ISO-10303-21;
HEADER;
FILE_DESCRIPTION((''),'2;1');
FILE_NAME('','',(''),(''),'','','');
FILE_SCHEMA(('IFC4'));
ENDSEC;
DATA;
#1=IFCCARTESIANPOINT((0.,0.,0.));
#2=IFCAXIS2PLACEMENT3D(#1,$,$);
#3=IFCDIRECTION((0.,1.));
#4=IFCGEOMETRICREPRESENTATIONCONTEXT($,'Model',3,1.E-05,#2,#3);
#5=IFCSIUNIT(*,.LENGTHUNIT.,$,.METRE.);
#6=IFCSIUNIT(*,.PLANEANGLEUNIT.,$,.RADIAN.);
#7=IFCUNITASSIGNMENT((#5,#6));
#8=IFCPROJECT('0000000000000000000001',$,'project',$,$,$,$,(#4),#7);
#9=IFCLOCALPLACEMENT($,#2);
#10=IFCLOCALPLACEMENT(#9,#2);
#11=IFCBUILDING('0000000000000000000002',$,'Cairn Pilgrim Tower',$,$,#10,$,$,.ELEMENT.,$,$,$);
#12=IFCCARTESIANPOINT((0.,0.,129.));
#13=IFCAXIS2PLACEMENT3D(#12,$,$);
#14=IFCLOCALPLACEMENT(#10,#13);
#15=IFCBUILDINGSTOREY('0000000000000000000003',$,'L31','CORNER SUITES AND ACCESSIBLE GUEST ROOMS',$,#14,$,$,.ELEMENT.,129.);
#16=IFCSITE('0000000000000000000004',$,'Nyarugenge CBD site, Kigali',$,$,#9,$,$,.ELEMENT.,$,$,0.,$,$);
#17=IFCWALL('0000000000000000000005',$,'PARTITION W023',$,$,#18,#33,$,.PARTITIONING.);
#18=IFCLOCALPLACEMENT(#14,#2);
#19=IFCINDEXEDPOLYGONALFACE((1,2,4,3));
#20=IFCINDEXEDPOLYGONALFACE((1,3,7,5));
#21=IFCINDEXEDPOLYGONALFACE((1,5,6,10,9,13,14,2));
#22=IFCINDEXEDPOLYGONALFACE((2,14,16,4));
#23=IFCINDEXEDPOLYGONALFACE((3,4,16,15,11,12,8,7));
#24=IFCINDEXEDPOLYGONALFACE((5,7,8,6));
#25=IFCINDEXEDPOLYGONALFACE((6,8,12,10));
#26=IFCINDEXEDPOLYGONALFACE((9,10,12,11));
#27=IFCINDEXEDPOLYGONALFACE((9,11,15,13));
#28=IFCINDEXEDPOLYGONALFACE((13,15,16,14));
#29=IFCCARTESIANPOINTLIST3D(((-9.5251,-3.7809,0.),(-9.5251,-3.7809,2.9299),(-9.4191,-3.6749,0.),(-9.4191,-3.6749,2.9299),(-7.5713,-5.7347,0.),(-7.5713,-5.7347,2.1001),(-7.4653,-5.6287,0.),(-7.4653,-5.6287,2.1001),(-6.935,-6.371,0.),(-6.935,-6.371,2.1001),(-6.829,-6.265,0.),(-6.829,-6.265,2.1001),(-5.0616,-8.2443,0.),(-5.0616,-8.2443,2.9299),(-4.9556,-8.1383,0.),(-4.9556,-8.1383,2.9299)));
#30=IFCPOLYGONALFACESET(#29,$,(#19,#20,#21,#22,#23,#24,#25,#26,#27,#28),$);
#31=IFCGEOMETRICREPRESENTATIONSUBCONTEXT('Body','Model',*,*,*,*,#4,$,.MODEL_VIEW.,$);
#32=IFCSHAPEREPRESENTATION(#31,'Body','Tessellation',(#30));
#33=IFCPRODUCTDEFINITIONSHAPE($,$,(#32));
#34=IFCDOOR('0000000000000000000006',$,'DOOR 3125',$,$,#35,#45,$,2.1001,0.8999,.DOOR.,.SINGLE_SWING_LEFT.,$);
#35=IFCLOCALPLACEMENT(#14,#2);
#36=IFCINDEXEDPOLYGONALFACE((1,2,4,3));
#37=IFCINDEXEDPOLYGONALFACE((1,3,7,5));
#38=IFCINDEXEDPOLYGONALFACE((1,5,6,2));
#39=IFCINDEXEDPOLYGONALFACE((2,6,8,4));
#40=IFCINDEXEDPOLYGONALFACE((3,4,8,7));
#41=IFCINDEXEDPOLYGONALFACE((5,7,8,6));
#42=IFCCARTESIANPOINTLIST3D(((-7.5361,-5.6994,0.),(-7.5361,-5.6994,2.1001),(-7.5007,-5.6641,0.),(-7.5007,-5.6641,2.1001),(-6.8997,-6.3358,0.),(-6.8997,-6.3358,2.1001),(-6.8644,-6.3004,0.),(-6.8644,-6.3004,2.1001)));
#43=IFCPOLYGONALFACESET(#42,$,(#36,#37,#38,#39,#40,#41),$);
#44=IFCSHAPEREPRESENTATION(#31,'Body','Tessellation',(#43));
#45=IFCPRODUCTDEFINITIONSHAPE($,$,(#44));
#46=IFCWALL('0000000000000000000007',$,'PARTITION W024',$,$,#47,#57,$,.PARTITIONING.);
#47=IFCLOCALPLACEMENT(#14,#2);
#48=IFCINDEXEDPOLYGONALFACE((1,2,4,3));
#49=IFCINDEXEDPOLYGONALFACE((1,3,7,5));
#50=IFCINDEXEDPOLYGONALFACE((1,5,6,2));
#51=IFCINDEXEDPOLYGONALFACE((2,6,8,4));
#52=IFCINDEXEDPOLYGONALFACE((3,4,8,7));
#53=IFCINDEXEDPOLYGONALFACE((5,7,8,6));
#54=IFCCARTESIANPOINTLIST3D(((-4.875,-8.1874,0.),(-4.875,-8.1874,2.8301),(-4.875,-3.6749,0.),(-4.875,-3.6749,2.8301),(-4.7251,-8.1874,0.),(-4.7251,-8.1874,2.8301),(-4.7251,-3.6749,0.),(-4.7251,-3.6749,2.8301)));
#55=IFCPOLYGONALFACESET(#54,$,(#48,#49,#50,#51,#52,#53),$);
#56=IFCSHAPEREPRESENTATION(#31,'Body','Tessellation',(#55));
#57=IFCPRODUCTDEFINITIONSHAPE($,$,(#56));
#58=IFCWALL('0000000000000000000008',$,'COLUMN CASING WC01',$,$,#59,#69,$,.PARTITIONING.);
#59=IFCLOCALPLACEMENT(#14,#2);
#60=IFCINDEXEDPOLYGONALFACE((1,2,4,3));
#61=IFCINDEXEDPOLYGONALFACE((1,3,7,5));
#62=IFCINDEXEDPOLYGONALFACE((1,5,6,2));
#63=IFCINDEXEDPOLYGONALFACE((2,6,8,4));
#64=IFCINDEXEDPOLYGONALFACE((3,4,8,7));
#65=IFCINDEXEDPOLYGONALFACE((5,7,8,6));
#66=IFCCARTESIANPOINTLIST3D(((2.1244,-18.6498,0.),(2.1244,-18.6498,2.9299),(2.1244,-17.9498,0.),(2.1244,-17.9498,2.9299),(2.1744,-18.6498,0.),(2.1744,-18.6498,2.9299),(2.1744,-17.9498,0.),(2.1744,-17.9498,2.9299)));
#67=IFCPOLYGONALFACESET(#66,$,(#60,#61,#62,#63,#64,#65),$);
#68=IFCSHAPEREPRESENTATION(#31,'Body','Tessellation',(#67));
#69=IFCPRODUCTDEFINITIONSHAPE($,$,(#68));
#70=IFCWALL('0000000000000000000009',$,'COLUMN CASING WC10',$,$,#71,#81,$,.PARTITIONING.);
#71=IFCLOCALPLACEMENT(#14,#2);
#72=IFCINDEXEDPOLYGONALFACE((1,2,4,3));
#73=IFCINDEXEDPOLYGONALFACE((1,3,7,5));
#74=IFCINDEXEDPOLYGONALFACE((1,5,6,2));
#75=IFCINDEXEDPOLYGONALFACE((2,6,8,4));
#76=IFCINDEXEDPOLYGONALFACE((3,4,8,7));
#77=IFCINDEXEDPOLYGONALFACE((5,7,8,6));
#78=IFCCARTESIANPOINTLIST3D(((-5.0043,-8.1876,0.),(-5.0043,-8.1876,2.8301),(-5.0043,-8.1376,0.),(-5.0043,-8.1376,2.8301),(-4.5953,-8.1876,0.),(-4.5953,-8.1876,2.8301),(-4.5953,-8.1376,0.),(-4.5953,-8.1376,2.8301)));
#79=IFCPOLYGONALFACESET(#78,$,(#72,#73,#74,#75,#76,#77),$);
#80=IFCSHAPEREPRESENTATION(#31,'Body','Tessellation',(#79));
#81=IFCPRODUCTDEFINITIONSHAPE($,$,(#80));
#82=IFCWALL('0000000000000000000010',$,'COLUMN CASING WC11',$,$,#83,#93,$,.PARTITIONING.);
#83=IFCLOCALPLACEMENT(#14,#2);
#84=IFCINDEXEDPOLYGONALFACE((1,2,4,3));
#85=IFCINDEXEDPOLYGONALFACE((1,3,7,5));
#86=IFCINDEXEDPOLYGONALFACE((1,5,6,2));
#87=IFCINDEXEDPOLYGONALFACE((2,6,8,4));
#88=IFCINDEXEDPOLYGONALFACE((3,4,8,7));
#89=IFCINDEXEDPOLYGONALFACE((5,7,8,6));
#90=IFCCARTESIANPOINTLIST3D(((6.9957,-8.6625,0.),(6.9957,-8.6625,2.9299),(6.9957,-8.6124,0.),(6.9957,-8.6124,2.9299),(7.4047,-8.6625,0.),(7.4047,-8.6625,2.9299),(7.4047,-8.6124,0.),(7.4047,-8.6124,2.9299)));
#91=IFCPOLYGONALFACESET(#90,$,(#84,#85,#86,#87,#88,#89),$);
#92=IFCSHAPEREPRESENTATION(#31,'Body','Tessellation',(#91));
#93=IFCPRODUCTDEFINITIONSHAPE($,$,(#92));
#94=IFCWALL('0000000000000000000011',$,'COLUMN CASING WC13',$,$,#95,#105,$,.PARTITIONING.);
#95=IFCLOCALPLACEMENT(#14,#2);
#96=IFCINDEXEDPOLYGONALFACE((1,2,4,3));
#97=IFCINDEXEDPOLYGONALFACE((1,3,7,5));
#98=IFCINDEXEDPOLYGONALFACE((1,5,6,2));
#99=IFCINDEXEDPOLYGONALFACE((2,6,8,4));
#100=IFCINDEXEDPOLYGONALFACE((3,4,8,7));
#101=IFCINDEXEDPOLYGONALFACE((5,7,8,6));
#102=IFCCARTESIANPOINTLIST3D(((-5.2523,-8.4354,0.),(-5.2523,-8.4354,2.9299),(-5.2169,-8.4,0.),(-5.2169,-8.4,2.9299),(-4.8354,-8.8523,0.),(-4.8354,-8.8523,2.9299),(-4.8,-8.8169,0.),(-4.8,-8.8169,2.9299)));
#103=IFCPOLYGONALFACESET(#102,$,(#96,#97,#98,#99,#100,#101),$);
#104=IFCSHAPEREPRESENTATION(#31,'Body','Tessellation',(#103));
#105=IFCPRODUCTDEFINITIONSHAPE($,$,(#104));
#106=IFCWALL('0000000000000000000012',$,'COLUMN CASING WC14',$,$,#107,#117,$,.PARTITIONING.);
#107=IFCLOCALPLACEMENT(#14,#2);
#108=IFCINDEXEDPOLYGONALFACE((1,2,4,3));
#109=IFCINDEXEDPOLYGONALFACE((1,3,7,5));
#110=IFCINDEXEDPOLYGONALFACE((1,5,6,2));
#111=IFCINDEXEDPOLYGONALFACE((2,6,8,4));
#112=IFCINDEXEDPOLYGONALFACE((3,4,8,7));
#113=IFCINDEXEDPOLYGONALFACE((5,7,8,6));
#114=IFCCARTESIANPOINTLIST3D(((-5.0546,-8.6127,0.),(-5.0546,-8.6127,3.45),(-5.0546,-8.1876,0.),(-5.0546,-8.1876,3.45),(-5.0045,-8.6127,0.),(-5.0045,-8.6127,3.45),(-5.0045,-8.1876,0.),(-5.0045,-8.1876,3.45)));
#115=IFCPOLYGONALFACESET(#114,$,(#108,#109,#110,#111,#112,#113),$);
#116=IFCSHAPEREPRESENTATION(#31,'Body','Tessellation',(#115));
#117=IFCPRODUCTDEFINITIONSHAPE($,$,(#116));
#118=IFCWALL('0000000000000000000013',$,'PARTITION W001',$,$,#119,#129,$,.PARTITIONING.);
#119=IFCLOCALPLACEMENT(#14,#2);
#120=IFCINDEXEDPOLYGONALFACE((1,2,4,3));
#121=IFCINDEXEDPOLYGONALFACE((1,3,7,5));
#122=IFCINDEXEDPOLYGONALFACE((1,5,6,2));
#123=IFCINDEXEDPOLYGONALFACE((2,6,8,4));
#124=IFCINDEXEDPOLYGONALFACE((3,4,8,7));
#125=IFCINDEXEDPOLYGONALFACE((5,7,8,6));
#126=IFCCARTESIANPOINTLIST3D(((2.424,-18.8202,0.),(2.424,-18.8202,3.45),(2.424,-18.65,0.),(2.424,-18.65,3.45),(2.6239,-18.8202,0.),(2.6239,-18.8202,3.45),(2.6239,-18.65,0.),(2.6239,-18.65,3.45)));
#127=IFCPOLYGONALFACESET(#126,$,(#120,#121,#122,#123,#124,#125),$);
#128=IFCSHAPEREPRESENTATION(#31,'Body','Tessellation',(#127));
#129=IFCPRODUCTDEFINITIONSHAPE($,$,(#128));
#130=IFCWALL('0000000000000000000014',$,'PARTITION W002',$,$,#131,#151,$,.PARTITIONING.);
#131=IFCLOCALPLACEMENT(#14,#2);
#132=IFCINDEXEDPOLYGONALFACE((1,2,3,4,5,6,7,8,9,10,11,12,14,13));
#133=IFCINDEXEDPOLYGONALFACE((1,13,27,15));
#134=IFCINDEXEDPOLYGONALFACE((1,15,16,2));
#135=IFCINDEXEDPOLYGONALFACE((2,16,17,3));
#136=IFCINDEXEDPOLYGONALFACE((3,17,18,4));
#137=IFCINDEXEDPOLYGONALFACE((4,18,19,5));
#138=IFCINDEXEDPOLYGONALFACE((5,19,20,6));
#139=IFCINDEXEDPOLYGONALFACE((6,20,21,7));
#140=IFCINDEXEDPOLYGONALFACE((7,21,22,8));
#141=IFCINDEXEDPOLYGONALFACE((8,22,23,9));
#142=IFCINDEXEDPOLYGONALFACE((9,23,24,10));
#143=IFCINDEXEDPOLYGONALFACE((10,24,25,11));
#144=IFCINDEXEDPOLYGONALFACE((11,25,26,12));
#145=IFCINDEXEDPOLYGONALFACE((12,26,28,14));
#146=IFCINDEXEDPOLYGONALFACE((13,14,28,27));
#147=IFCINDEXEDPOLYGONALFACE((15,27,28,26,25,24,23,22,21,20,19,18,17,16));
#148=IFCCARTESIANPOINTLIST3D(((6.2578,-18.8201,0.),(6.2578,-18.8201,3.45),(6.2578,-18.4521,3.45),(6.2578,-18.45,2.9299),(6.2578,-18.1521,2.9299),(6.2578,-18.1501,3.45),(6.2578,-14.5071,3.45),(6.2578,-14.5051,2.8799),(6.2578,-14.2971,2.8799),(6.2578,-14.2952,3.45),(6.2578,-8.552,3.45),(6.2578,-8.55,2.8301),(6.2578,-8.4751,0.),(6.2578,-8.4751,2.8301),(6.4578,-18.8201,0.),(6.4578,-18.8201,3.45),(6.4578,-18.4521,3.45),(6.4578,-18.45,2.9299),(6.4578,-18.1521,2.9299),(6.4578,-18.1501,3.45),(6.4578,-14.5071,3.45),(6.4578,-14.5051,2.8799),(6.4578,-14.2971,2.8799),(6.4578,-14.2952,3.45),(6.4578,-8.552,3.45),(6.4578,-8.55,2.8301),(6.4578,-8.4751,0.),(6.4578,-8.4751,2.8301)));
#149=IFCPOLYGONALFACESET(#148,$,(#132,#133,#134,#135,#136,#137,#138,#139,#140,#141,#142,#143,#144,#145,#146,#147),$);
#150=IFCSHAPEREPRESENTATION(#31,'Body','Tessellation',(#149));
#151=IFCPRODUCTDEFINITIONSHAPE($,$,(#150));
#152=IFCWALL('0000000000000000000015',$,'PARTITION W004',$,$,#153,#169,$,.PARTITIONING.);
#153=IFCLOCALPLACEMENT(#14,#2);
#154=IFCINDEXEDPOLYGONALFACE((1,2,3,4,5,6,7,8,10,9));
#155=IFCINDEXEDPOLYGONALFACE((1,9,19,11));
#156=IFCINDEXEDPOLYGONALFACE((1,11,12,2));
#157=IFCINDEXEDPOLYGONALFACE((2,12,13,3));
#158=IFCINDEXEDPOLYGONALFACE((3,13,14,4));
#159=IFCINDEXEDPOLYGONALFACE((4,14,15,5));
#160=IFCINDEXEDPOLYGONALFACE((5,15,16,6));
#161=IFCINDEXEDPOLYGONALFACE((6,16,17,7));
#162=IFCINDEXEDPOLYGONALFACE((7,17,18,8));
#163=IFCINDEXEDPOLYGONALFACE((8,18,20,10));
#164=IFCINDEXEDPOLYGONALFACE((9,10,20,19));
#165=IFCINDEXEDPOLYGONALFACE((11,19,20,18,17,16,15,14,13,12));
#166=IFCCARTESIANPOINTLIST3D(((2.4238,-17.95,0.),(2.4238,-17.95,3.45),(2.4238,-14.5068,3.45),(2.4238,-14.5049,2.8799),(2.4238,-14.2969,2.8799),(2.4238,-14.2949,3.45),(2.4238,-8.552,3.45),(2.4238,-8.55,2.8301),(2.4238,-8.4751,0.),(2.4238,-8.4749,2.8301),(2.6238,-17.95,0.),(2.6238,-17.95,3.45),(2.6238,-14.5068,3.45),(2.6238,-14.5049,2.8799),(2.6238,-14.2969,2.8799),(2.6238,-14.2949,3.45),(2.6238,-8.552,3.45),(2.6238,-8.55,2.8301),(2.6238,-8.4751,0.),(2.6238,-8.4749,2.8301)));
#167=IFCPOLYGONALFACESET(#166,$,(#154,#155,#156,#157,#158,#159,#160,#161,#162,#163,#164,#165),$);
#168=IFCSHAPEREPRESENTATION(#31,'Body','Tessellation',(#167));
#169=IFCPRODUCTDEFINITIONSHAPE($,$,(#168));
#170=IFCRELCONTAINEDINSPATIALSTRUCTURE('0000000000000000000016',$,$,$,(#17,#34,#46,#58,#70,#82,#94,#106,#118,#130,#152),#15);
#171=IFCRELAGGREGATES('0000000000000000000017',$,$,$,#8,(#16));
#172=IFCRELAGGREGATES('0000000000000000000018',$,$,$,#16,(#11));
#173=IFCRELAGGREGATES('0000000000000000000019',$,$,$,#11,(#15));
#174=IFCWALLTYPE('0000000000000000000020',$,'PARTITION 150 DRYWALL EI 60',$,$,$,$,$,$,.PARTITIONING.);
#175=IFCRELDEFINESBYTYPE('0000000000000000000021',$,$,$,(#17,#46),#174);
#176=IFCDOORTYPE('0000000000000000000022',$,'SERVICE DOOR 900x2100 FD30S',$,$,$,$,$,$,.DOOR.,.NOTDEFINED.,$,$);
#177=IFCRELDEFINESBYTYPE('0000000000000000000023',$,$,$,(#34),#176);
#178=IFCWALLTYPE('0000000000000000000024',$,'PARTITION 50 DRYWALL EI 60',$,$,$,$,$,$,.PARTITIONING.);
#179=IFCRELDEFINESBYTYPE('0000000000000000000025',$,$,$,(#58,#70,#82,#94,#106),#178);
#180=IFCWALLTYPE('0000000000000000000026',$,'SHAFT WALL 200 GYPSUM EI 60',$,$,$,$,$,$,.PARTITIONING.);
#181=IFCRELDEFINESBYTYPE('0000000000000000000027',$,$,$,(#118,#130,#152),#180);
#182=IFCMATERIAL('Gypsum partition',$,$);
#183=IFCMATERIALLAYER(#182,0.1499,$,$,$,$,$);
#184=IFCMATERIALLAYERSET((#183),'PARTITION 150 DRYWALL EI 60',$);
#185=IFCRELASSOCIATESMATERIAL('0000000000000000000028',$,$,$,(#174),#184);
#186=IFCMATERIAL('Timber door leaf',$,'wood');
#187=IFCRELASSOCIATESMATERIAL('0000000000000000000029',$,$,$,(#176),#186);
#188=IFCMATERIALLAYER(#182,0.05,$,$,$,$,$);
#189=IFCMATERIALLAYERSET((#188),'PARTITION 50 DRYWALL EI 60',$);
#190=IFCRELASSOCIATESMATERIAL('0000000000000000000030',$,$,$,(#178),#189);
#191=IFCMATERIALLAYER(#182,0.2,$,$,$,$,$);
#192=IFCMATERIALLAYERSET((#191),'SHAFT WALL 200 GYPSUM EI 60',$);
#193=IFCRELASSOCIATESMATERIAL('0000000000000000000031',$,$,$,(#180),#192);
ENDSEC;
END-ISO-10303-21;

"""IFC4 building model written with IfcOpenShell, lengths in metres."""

from ifc_helpers import new_model, si_unit, direction, frame, frame_2d, origin, place, context, subcontext, project, spatial, polyline, rectangle, outline, extrude, material, layer, layer_set, type_object, element, fill, save


model = new_model("IFC4")

# Units and contexts
model_context = context("Model", 3, precision=1e-05, world=origin(), true_north=direction((0.0, 1.0)))
body_context = subcontext(model_context, "Body", "Model", "MODEL_VIEW")
ifc_project = project(units=[si_unit("LENGTHUNIT", "METRE"), si_unit("PLANEANGLEUNIT", "RADIAN")], contexts=[model_context])

# Site, building, storey
site_placement = place(None, origin())
site = spatial("IfcSite", under=ifc_project, at=site_placement, Name="Nyarugenge CBD site, Kigali", CompositionType="ELEMENT", RefElevation=0.0)
building_placement = place(site_placement, origin())
building = spatial("IfcBuilding", under=site, at=building_placement, Name="Cairn Pilgrim Tower", CompositionType="ELEMENT")
storey_placement = place(building_placement, frame((0.0, 0.0, 129.0)))
storey = spatial("IfcBuildingStorey", under=building, at=storey_placement, Name="L31", Description="CORNER SUITES AND ACCESSIBLE GUEST ROOMS", CompositionType="ELEMENT", Elevation=129.0)

# Shared definitions
ifc_material_1 = material(Name="Gypsum partition")

# Shared definitions
ifc_material_2 = material(Name="Timber door leaf", Category="wood")

# Shared definitions
ifc_layer_1 = layer(ifc_material_1, 0.1499)
ifc_layer_set_1 = layer_set([ifc_layer_1], Name="PARTITION 150 DRYWALL EI 60")
wall_type_1 = type_object("IfcWallType", Name="PARTITION 150 DRYWALL EI 60", PredefinedType="PARTITIONING", material=ifc_layer_set_1)

# Wall, opening, door
wall_1_placement = place(storey_placement, frame((-5.0085, -8.1914, 0.0), z_axis=(0.0, 0.0, 1.0), x_axis=(-0.707107, 0.707107, 0.0)))
wall_1 = element("IfcWall", 1, at=wall_1_placement, inside=storey, type_object=wall_type_1, Name="PARTITION W023", PredefinedType="PARTITIONING", context=body_context, shape_type="SweptSolid", body=[
    extrude(rectangle(XDim=6.3123, YDim=0.1499, at=frame_2d((3.1562, 0.0))), origin(), (0.0, 0.0, 1.0), 2.9299),
])
opening_1_placement = place(wall_1_placement, frame((2.6494, 0.0, 0.0)))
opening_1 = element("IfcOpeningElement", 2, at=opening_1_placement, cuts=wall_1, PredefinedType="OPENING", context=body_context, shape_type="SweptSolid", body=[
    extrude(rectangle(XDim=0.8999, YDim=2.1001, at=frame_2d((0.45, 1.05))), frame((0.0, 0.085, 0.0), z_axis=(0.0, -1.0, 0.0), x_axis=(1.0, 0.0, 0.0)), (0.0, 0.0, 1.0), 0.1699),
])
door_type_1 = type_object("IfcDoorType", Name="SERVICE DOOR 900x2100 FD30S", OperationType="NOTDEFINED", PredefinedType="DOOR", material=ifc_material_2)
door_1_placement = place(opening_1_placement, frame((0.8999, 0.0, 0.0), z_axis=(0.0, 0.0, 1.0), x_axis=(-1.0, 0.0, 0.0)))
door_1 = element("IfcDoor", 3, at=door_1_placement, inside=storey, type_object=door_type_1, Name="DOOR 3125", OperationType="SINGLE_SWING_LEFT", OverallHeight=2.1001, OverallWidth=0.8999, PredefinedType="DOOR", context=body_context, shape_type="SweptSolid", body=[
    extrude(rectangle(XDim=0.8999, YDim=2.1001, at=frame_2d((0.45, 1.05))), frame((0.0, 0.0249, 0.0), z_axis=(0.0, -1.0, 0.0), x_axis=(1.0, 0.0, 0.0)), (0.0, 0.0, 1.0), 0.05),
])
fill(opening_1, door_1)

# Walls
wall_2_placement = place(storey_placement, frame((-4.8, -8.1875, 0.0), z_axis=(0.0, 0.0, 1.0), x_axis=(0.0, 1.0, 0.0)))
element("IfcWall", 4, at=wall_2_placement, inside=storey, type_object=wall_type_1, Name="PARTITION W024", PredefinedType="PARTITIONING", context=body_context, shape_type="SweptSolid", body=[
    extrude(rectangle(XDim=4.5125, YDim=0.1499, at=frame_2d((2.2563, 0.0))), origin(), (0.0, 0.0, 1.0), 2.8301),
])
ifc_layer_2 = layer(ifc_material_1, 0.05)
ifc_layer_set_2 = layer_set([ifc_layer_2], Name="PARTITION 50 DRYWALL EI 60")
wall_type_2 = type_object("IfcWallType", Name="PARTITION 50 DRYWALL EI 60", PredefinedType="PARTITIONING", material=ifc_layer_set_2)
wall_3_placement = place(storey_placement, frame((2.1494, -18.6499, 0.0), z_axis=(0.0, 0.0, 1.0), x_axis=(0.0, 1.0, 0.0)))
element("IfcWall", 5, at=wall_3_placement, inside=storey, type_object=wall_type_2, Name="COLUMN CASING WC01", PredefinedType="PARTITIONING", context=body_context, shape_type="SweptSolid", body=[
    extrude(rectangle(XDim=0.7, YDim=0.05, at=frame_2d((0.3501, 0.0))), origin(), (0.0, 0.0, 1.0), 2.9299),
])
wall_4_placement = place(storey_placement, frame((-5.0044, -8.1626, 0.0), z_axis=(0.0, 0.0, 1.0), x_axis=(1.0, 0.0, 0.0)))
element("IfcWall", 6, at=wall_4_placement, inside=storey, type_object=wall_type_2, Name="COLUMN CASING WC10", PredefinedType="PARTITIONING", context=body_context, shape_type="SweptSolid", body=[
    extrude(rectangle(XDim=0.4089, YDim=0.05, at=frame_2d((0.2046, 0.0))), origin(), (0.0, 0.0, 1.0), 2.8301),
])
wall_5_placement = place(storey_placement, frame((6.9956, -8.6375, 0.0), z_axis=(0.0, 0.0, 1.0), x_axis=(1.0, 0.0, 0.0)))
element("IfcWall", 7, at=wall_5_placement, inside=storey, type_object=wall_type_2, Name="COLUMN CASING WC11", PredefinedType="PARTITIONING", context=body_context, shape_type="SweptSolid", body=[
    extrude(rectangle(XDim=0.4089, YDim=0.05, at=frame_2d((0.2046, 0.0))), origin(), (0.0, 0.0, 1.0), 2.9299),
])
wall_6_placement = place(storey_placement, frame((-4.8176, -8.8347, 0.0), z_axis=(0.0, 0.0, 1.0), x_axis=(-0.707107, 0.707107, 0.0)))
element("IfcWall", 8, at=wall_6_placement, inside=storey, type_object=wall_type_2, Name="COLUMN CASING WC13", PredefinedType="PARTITIONING", context=body_context, shape_type="SweptSolid", body=[
    extrude(rectangle(XDim=0.5896, YDim=0.05, at=frame_2d((0.2949, 0.0))), origin(), (0.0, 0.0, 1.0), 2.9299),
])
wall_7_placement = place(storey_placement, frame((-5.0295, -8.6125, 0.0), z_axis=(0.0, 0.0, 1.0), x_axis=(0.0, 1.0, 0.0)))
element("IfcWall", 9, at=wall_7_placement, inside=storey, type_object=wall_type_2, Name="COLUMN CASING WC14", PredefinedType="PARTITIONING", context=body_context, shape_type="SweptSolid", body=[
    extrude(rectangle(XDim=0.425, YDim=0.05, at=frame_2d((0.2124, 0.0))), origin(), (0.0, 0.0, 1.0), 3.45),
])
ifc_layer_3 = layer(ifc_material_1, 0.2)
ifc_layer_set_3 = layer_set([ifc_layer_3], Name="SHAFT WALL 200 GYPSUM EI 60")
wall_type_3 = type_object("IfcWallType", Name="SHAFT WALL 200 GYPSUM EI 60", PredefinedType="PARTITIONING", material=ifc_layer_set_3)
wall_8_placement = place(storey_placement, frame((2.5239, -18.8201, 0.0), z_axis=(0.0, 0.0, 1.0), x_axis=(0.0, 1.0, 0.0)))
element("IfcWall", 10, at=wall_8_placement, inside=storey, type_object=wall_type_3, Name="PARTITION W001", PredefinedType="PARTITIONING", context=body_context, shape_type="SweptSolid", body=[
    extrude(rectangle(XDim=0.1702, YDim=0.2, at=frame_2d((0.085, 0.0))), origin(), (0.0, 0.0, 1.0), 3.45),
])
wall_9_placement = place(storey_placement, frame((6.3579, -18.8201, 0.0), z_axis=(0.0, 0.0, 1.0), x_axis=(0.0, 1.0, 0.0)))
element("IfcWall", 11, at=wall_9_placement, inside=storey, type_object=wall_type_3, Name="PARTITION W002", PredefinedType="PARTITIONING", context=body_context, shape_type="SweptSolid", body=[
    extrude(outline(polyline([(0.0, 0.0), (10.345, 0.0), (10.345, 2.8301), (10.27, 2.8301), (10.2681, 3.45), (4.5249, 3.45), (4.5229, 2.8799), (4.3149, 2.8799), (4.313, 3.45), (0.6699, 3.45), (0.668, 2.9299), (0.3701, 2.9299), (0.3679, 3.45), (0.0, 3.45), (0.0, 0.0)])), frame((0.0, 0.1001, 0.0), z_axis=(0.0, -1.0, 0.0), x_axis=(1.0, 0.0, 0.0)), (0.0, 0.0, 1.0), 0.2),
])
wall_10_placement = place(storey_placement, frame((2.5239, -17.95, 0.0), z_axis=(0.0, 0.0, 1.0), x_axis=(0.0, 1.0, 0.0)))
element("IfcWall", 12, at=wall_10_placement, inside=storey, type_object=wall_type_3, Name="PARTITION W004", PredefinedType="PARTITIONING", context=body_context, shape_type="SweptSolid", body=[
    extrude(outline(polyline([(0.0, 0.0), (9.4749, 0.0), (9.4751, 2.8301), (9.3999, 2.8301), (9.3979, 3.45), (3.655, 3.45), (3.6531, 2.8799), (3.4451, 2.8799), (3.4431, 3.45), (0.0, 3.45), (0.0, 0.0)])), frame((0.0, 0.1001, 0.0), z_axis=(0.0, -1.0, 0.0), x_axis=(1.0, 0.0, 0.0)), (0.0, 0.0, 1.0), 0.2),
])

save(model, "model.ifc")
